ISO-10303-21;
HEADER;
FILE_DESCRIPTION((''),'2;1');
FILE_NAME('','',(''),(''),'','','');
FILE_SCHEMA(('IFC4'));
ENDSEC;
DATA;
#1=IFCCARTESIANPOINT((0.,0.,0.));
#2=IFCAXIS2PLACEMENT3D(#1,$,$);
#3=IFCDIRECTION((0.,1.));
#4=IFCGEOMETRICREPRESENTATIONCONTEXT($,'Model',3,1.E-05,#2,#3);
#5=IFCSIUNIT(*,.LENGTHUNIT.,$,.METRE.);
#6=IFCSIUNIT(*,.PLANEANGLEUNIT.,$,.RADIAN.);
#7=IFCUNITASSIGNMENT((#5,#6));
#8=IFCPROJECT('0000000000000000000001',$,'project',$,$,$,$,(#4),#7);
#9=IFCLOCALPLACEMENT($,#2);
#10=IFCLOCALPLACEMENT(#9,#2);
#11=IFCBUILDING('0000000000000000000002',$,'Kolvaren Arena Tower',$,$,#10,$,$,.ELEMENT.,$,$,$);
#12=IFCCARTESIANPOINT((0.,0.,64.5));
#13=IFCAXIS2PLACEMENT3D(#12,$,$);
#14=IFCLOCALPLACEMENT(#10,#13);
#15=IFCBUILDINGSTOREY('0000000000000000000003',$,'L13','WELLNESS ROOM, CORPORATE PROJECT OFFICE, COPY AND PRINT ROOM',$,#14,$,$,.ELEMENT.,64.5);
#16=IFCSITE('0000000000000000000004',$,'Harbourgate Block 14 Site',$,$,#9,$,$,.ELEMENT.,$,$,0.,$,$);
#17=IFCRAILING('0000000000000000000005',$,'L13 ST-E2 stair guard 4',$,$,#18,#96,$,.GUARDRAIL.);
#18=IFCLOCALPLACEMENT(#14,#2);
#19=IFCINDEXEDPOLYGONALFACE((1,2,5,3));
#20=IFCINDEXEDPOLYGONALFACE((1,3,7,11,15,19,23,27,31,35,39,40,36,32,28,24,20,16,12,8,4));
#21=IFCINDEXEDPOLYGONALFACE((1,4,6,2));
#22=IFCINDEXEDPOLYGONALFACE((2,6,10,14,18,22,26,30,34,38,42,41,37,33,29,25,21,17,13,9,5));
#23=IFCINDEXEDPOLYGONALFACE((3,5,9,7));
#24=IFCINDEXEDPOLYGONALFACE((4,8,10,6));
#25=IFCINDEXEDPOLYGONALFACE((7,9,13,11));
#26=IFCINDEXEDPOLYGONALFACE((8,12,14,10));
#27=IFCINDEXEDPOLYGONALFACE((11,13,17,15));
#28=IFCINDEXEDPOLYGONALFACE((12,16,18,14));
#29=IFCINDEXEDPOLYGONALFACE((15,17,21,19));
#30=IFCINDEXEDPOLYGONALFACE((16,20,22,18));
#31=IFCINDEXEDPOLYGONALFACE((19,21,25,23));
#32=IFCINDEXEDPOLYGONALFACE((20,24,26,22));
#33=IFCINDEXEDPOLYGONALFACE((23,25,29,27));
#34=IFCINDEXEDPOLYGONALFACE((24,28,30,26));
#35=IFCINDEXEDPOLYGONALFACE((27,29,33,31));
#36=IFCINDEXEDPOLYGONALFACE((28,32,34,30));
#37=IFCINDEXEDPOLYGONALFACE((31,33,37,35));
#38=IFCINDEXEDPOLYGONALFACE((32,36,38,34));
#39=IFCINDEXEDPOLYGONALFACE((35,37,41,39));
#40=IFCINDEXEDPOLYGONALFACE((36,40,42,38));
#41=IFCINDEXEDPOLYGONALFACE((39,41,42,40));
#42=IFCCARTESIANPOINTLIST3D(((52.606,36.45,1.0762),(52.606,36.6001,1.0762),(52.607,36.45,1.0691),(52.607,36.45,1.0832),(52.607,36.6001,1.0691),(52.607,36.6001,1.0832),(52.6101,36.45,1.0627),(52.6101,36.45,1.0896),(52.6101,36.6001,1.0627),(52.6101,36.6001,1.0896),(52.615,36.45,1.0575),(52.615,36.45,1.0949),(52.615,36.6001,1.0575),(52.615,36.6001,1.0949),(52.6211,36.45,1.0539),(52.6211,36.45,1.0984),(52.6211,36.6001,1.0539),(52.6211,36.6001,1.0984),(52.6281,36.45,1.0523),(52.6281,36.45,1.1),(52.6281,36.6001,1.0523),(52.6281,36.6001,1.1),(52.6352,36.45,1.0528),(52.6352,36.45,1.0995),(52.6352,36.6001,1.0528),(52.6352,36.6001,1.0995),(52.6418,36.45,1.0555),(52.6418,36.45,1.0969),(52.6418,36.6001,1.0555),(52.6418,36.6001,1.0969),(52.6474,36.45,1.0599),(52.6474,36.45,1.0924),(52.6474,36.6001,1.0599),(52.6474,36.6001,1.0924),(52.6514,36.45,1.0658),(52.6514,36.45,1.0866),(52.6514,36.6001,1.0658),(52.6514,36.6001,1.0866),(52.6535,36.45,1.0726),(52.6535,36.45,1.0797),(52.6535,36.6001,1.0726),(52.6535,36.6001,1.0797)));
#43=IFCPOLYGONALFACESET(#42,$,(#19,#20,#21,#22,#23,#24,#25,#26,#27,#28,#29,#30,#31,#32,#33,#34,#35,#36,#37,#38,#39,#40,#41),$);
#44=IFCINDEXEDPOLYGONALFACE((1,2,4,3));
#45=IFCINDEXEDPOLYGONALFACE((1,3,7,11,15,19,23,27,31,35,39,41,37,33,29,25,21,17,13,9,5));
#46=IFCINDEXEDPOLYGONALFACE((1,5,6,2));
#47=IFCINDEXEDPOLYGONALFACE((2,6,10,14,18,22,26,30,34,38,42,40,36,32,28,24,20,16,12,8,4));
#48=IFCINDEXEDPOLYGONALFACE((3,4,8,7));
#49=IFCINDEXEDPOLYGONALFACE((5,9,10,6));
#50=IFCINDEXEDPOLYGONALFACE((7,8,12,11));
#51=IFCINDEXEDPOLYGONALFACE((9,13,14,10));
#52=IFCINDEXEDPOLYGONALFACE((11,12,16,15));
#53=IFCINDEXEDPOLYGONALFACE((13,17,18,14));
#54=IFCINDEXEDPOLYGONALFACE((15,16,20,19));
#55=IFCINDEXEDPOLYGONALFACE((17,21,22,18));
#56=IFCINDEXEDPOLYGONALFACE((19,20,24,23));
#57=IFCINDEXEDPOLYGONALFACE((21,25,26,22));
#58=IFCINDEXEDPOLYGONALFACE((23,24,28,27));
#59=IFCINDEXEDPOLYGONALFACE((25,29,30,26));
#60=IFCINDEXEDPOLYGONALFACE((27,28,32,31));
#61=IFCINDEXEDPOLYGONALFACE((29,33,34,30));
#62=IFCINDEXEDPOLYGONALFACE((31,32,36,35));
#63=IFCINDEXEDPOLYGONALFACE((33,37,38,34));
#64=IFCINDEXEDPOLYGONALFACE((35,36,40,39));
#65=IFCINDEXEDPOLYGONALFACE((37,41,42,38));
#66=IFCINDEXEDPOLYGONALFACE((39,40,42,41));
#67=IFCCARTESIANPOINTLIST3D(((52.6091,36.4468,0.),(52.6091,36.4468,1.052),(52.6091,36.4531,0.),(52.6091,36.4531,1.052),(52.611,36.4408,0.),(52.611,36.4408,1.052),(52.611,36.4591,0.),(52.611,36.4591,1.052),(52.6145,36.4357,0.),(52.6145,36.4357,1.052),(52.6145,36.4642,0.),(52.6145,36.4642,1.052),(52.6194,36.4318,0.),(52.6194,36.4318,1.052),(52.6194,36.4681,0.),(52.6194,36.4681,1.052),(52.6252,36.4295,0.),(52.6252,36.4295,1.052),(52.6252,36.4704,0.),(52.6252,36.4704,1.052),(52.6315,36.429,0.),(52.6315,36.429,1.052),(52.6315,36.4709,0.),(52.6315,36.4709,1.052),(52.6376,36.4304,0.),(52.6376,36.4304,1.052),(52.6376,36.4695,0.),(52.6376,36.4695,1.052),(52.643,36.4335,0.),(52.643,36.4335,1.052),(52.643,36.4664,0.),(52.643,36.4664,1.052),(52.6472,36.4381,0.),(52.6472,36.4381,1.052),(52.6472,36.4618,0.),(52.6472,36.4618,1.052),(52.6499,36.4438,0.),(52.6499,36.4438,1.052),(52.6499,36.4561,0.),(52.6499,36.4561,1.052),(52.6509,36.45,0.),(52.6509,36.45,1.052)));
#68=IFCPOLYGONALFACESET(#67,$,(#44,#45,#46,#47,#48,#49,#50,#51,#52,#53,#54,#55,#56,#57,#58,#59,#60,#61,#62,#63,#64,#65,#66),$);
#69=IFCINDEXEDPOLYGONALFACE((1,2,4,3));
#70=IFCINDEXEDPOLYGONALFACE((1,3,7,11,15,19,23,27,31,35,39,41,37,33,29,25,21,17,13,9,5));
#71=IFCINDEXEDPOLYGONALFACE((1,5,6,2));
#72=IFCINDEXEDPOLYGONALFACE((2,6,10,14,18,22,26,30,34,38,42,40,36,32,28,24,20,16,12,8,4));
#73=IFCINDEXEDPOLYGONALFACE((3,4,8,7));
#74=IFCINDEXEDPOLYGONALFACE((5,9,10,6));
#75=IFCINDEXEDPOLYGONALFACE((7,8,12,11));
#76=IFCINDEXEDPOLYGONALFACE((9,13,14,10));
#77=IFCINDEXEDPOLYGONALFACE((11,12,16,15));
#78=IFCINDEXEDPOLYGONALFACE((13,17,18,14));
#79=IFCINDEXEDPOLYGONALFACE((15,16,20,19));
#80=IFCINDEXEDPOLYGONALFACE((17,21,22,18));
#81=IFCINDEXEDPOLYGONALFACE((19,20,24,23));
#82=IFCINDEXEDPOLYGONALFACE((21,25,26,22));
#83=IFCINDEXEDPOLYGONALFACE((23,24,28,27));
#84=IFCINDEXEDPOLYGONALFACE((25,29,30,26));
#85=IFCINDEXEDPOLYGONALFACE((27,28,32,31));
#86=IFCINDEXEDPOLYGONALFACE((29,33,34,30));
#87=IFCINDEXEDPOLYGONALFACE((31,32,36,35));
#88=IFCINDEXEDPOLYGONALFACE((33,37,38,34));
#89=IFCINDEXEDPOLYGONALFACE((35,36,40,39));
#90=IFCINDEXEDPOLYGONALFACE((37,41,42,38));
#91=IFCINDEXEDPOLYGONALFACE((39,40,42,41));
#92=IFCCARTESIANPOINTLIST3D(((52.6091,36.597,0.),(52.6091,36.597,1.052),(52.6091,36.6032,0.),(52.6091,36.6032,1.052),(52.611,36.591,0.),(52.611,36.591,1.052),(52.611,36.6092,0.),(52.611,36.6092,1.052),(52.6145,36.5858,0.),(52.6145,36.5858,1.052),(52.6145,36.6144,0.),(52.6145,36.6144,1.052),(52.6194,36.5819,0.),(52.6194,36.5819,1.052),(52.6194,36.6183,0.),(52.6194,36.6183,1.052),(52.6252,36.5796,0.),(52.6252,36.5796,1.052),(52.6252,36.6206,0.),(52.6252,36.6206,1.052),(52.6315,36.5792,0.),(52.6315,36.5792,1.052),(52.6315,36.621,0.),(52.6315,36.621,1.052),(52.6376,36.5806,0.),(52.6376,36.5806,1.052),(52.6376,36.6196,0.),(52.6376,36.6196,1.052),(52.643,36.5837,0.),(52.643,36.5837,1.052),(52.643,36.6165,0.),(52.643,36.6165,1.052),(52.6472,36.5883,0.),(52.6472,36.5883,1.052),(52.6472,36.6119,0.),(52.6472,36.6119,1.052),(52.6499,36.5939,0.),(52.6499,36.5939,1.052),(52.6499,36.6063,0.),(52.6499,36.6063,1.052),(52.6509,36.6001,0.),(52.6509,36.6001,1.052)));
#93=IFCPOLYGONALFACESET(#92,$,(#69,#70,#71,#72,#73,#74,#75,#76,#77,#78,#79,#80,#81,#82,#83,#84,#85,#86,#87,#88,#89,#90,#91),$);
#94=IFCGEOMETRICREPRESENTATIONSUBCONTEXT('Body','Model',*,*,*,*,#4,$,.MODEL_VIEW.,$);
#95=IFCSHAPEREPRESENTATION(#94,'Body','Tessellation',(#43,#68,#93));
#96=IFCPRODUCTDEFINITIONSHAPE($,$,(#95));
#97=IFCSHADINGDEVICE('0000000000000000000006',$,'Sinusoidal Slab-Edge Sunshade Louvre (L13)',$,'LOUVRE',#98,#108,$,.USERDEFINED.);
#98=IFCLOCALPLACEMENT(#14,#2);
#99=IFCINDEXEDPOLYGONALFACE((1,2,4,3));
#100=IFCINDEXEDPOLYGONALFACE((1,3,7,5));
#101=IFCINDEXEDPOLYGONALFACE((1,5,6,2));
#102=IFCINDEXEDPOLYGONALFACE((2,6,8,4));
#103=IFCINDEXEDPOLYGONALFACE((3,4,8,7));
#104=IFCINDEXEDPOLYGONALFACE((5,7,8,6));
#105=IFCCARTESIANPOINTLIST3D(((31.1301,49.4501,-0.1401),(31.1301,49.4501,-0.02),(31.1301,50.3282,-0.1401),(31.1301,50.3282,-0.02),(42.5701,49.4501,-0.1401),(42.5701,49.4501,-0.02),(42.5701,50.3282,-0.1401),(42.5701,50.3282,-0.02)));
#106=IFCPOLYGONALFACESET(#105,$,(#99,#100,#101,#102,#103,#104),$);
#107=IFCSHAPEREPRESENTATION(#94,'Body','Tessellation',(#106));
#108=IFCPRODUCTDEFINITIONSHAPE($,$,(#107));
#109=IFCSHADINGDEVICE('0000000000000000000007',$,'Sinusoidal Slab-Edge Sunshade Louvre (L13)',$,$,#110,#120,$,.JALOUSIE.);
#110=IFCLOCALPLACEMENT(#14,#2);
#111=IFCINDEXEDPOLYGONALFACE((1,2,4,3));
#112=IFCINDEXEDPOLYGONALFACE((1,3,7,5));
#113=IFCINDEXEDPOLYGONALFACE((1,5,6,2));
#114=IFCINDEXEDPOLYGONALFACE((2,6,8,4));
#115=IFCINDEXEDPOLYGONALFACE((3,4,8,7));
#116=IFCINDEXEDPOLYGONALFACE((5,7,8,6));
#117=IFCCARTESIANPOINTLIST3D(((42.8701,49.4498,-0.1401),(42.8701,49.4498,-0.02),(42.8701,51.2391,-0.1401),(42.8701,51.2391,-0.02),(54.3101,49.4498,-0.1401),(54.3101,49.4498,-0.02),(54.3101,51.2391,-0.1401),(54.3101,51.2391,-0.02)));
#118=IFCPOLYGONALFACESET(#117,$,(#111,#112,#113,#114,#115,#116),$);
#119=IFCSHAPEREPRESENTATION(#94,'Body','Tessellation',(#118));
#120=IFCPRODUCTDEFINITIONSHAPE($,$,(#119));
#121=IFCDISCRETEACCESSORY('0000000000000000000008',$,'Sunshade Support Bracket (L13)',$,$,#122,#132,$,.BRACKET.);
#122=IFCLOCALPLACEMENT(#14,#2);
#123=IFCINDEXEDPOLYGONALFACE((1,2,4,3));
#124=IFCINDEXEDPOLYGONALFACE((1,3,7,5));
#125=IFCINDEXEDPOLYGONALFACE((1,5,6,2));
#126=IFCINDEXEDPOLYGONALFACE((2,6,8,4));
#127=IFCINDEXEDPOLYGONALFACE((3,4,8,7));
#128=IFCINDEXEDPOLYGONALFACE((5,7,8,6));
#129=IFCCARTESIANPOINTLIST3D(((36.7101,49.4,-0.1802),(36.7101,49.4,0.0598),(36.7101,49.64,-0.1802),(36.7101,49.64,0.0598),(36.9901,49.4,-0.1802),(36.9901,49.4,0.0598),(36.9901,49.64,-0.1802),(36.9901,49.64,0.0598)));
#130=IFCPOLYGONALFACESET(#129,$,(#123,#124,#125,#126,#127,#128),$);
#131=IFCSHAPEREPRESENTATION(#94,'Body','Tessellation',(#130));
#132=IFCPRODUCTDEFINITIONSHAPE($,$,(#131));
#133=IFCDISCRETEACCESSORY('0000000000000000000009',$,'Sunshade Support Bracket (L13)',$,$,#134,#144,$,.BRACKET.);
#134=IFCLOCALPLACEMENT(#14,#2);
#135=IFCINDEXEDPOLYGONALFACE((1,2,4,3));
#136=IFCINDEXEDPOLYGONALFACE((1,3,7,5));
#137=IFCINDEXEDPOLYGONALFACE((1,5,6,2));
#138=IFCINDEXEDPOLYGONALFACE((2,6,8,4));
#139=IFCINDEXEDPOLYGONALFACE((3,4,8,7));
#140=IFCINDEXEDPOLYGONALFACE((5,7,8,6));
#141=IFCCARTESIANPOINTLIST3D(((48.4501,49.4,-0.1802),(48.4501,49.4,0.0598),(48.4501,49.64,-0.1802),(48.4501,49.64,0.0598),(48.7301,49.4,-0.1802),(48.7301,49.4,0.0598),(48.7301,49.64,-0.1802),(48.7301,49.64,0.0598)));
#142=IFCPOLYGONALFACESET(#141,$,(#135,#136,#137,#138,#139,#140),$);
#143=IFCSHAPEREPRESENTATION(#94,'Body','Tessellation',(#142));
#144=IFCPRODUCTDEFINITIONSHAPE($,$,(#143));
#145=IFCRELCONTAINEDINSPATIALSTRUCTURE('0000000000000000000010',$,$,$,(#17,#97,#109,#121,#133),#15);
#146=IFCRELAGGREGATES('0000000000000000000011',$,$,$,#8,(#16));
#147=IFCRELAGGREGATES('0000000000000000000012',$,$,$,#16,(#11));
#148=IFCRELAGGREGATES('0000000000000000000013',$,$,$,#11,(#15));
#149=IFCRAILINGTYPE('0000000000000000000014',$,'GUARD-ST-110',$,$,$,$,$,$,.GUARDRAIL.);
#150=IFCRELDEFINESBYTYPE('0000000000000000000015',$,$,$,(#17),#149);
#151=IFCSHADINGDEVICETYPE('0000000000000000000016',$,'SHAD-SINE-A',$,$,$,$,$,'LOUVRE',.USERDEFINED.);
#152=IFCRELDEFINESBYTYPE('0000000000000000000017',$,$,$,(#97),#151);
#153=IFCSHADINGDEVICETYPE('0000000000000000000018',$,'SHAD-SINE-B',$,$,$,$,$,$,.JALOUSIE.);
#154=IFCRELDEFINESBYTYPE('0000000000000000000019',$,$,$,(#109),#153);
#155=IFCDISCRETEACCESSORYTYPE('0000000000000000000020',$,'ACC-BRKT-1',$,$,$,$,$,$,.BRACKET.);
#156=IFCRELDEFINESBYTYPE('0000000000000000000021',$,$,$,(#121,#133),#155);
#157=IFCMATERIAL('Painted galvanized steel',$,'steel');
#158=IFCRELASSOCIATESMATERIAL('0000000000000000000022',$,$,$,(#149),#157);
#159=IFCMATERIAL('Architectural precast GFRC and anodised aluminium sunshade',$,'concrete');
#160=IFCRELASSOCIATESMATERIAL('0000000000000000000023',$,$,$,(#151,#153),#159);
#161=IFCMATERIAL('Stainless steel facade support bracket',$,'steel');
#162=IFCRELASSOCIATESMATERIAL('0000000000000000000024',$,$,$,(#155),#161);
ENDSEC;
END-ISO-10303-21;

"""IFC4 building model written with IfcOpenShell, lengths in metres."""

from ifc_helpers import new_model, si_unit, direction, frame, origin, origin_2d, place, context, subcontext, project, spatial, rectangle, circle, extrude, material, type_object, element, save


model = new_model("IFC4")

# Units and contexts
model_context = context("Model", 3, precision=1e-05, world=origin(), true_north=direction((0.0, 1.0)))
body_context = subcontext(model_context, "Body", "Model", "MODEL_VIEW")
ifc_project = project(units=[si_unit("LENGTHUNIT", "METRE"), si_unit("PLANEANGLEUNIT", "RADIAN")], contexts=[model_context])

# Site, building, storey
site_placement = place(None, origin())
site = spatial("IfcSite", under=ifc_project, at=site_placement, Name="Harbourgate Block 14 Site", CompositionType="ELEMENT", RefElevation=0.0)
building_placement = place(site_placement, origin())
building = spatial("IfcBuilding", under=site, at=building_placement, Name="Kolvaren Arena Tower", CompositionType="ELEMENT")
storey_placement = place(building_placement, frame((0.0, 0.0, 64.5)))
storey = spatial("IfcBuildingStorey", under=building, at=storey_placement, Name="L13", Description="WELLNESS ROOM, CORPORATE PROJECT OFFICE, COPY AND PRINT ROOM", CompositionType="ELEMENT", Elevation=64.5)

# Railing
ifc_material_1 = material(Name="Painted galvanized steel", Category="steel")
railing_type = type_object("IfcRailingType", Name="GUARD-ST-110", PredefinedType="GUARDRAIL", material=ifc_material_1)
railing_1_placement = place(storey_placement, frame((52.6299, 36.45, 0.0)))
element("IfcRailing", 1, at=railing_1_placement, inside=storey, type_object=railing_type, Name="L13 ST-E2 stair guard 4", PredefinedType="GUARDRAIL", context=body_context, shape_type="SweptSolid", body=[
    extrude(circle(Radius=0.0239, at=origin_2d()), frame((0.0, 0.0, 1.0762), z_axis=(0.0, 1.0, 0.0), x_axis=(-1.0, 0.0, 0.0)), (0.0, 0.0, 1.0), 0.1501),
    extrude(circle(Radius=0.021, at=origin_2d()), origin(), (0.0, 0.0, 1.0), 1.052),
    extrude(circle(Radius=0.021, at=origin_2d()), frame((0.0, 0.1501, 0.0)), (0.0, 0.0, 1.0), 1.052),
])

# Shading devices
ifc_material_2 = material(Name="Architectural precast GFRC and anodised aluminium sunshade", Category="concrete")
shading_device_type_1 = type_object("IfcShadingDeviceType", Name="SHAD-SINE-A", ElementType="LOUVRE", PredefinedType="USERDEFINED", material=ifc_material_2)
shading_device_1_placement = place(storey_placement, frame((36.8501, 49.8892, -0.1401), z_axis=(0.0, 0.0, 1.0), x_axis=(1.0, 0.0, 0.0)))
element("IfcShadingDevice", 2, at=shading_device_1_placement, inside=storey, type_object=shading_device_type_1, Name="Sinusoidal Slab-Edge Sunshade Louvre (L13)", ObjectType="LOUVRE", PredefinedType="USERDEFINED", context=body_context, shape_type="SweptSolid", body=[
    extrude(rectangle(XDim=11.4399, YDim=0.8782, at=origin_2d()), origin(), (0.0, 0.0, 1.0), 0.1201),
])
shading_device_type_2 = type_object("IfcShadingDeviceType", Name="SHAD-SINE-B", PredefinedType="JALOUSIE", material=ifc_material_2)
shading_device_2_placement = place(storey_placement, frame((48.5901, 50.3445, -0.1401), z_axis=(0.0, 0.0, 1.0), x_axis=(1.0, 0.0, 0.0)))
element("IfcShadingDevice", 3, at=shading_device_2_placement, inside=storey, type_object=shading_device_type_2, Name="Sinusoidal Slab-Edge Sunshade Louvre (L13)", PredefinedType="JALOUSIE", context=body_context, shape_type="SweptSolid", body=[
    extrude(rectangle(XDim=11.4399, YDim=1.7893, at=origin_2d()), origin(), (0.0, 0.0, 1.0), 0.1201),
])

# Discrete accessories
ifc_material_3 = material(Name="Stainless steel facade support bracket", Category="steel")
discrete_accessory_type = type_object("IfcDiscreteAccessoryType", Name="ACC-BRKT-1", PredefinedType="BRACKET", material=ifc_material_3)
for number, where, z_axis, x_axis, name in (
    (4, (36.8501, 49.52, -0.1802), (0.0, 0.0, 1.0), (1.0, 0.0, 0.0), "Sunshade Support Bracket (L13)"),
    (5, (48.5901, 49.52, -0.1802), (0.0, 0.0, 1.0), (1.0, 0.0, 0.0), "Sunshade Support Bracket (L13)"),
):
    element("IfcDiscreteAccessory", number, at=place(storey_placement, frame(where, z_axis=z_axis, x_axis=x_axis)), inside=storey, type_object=discrete_accessory_type, Name=name, PredefinedType="BRACKET", context=body_context, shape_type="SweptSolid", body=[
        extrude(rectangle(XDim=0.28, YDim=0.24, at=origin_2d()), origin(), (0.0, 0.0, 1.0), 0.24),
    ])

save(model, "model.ifc")
